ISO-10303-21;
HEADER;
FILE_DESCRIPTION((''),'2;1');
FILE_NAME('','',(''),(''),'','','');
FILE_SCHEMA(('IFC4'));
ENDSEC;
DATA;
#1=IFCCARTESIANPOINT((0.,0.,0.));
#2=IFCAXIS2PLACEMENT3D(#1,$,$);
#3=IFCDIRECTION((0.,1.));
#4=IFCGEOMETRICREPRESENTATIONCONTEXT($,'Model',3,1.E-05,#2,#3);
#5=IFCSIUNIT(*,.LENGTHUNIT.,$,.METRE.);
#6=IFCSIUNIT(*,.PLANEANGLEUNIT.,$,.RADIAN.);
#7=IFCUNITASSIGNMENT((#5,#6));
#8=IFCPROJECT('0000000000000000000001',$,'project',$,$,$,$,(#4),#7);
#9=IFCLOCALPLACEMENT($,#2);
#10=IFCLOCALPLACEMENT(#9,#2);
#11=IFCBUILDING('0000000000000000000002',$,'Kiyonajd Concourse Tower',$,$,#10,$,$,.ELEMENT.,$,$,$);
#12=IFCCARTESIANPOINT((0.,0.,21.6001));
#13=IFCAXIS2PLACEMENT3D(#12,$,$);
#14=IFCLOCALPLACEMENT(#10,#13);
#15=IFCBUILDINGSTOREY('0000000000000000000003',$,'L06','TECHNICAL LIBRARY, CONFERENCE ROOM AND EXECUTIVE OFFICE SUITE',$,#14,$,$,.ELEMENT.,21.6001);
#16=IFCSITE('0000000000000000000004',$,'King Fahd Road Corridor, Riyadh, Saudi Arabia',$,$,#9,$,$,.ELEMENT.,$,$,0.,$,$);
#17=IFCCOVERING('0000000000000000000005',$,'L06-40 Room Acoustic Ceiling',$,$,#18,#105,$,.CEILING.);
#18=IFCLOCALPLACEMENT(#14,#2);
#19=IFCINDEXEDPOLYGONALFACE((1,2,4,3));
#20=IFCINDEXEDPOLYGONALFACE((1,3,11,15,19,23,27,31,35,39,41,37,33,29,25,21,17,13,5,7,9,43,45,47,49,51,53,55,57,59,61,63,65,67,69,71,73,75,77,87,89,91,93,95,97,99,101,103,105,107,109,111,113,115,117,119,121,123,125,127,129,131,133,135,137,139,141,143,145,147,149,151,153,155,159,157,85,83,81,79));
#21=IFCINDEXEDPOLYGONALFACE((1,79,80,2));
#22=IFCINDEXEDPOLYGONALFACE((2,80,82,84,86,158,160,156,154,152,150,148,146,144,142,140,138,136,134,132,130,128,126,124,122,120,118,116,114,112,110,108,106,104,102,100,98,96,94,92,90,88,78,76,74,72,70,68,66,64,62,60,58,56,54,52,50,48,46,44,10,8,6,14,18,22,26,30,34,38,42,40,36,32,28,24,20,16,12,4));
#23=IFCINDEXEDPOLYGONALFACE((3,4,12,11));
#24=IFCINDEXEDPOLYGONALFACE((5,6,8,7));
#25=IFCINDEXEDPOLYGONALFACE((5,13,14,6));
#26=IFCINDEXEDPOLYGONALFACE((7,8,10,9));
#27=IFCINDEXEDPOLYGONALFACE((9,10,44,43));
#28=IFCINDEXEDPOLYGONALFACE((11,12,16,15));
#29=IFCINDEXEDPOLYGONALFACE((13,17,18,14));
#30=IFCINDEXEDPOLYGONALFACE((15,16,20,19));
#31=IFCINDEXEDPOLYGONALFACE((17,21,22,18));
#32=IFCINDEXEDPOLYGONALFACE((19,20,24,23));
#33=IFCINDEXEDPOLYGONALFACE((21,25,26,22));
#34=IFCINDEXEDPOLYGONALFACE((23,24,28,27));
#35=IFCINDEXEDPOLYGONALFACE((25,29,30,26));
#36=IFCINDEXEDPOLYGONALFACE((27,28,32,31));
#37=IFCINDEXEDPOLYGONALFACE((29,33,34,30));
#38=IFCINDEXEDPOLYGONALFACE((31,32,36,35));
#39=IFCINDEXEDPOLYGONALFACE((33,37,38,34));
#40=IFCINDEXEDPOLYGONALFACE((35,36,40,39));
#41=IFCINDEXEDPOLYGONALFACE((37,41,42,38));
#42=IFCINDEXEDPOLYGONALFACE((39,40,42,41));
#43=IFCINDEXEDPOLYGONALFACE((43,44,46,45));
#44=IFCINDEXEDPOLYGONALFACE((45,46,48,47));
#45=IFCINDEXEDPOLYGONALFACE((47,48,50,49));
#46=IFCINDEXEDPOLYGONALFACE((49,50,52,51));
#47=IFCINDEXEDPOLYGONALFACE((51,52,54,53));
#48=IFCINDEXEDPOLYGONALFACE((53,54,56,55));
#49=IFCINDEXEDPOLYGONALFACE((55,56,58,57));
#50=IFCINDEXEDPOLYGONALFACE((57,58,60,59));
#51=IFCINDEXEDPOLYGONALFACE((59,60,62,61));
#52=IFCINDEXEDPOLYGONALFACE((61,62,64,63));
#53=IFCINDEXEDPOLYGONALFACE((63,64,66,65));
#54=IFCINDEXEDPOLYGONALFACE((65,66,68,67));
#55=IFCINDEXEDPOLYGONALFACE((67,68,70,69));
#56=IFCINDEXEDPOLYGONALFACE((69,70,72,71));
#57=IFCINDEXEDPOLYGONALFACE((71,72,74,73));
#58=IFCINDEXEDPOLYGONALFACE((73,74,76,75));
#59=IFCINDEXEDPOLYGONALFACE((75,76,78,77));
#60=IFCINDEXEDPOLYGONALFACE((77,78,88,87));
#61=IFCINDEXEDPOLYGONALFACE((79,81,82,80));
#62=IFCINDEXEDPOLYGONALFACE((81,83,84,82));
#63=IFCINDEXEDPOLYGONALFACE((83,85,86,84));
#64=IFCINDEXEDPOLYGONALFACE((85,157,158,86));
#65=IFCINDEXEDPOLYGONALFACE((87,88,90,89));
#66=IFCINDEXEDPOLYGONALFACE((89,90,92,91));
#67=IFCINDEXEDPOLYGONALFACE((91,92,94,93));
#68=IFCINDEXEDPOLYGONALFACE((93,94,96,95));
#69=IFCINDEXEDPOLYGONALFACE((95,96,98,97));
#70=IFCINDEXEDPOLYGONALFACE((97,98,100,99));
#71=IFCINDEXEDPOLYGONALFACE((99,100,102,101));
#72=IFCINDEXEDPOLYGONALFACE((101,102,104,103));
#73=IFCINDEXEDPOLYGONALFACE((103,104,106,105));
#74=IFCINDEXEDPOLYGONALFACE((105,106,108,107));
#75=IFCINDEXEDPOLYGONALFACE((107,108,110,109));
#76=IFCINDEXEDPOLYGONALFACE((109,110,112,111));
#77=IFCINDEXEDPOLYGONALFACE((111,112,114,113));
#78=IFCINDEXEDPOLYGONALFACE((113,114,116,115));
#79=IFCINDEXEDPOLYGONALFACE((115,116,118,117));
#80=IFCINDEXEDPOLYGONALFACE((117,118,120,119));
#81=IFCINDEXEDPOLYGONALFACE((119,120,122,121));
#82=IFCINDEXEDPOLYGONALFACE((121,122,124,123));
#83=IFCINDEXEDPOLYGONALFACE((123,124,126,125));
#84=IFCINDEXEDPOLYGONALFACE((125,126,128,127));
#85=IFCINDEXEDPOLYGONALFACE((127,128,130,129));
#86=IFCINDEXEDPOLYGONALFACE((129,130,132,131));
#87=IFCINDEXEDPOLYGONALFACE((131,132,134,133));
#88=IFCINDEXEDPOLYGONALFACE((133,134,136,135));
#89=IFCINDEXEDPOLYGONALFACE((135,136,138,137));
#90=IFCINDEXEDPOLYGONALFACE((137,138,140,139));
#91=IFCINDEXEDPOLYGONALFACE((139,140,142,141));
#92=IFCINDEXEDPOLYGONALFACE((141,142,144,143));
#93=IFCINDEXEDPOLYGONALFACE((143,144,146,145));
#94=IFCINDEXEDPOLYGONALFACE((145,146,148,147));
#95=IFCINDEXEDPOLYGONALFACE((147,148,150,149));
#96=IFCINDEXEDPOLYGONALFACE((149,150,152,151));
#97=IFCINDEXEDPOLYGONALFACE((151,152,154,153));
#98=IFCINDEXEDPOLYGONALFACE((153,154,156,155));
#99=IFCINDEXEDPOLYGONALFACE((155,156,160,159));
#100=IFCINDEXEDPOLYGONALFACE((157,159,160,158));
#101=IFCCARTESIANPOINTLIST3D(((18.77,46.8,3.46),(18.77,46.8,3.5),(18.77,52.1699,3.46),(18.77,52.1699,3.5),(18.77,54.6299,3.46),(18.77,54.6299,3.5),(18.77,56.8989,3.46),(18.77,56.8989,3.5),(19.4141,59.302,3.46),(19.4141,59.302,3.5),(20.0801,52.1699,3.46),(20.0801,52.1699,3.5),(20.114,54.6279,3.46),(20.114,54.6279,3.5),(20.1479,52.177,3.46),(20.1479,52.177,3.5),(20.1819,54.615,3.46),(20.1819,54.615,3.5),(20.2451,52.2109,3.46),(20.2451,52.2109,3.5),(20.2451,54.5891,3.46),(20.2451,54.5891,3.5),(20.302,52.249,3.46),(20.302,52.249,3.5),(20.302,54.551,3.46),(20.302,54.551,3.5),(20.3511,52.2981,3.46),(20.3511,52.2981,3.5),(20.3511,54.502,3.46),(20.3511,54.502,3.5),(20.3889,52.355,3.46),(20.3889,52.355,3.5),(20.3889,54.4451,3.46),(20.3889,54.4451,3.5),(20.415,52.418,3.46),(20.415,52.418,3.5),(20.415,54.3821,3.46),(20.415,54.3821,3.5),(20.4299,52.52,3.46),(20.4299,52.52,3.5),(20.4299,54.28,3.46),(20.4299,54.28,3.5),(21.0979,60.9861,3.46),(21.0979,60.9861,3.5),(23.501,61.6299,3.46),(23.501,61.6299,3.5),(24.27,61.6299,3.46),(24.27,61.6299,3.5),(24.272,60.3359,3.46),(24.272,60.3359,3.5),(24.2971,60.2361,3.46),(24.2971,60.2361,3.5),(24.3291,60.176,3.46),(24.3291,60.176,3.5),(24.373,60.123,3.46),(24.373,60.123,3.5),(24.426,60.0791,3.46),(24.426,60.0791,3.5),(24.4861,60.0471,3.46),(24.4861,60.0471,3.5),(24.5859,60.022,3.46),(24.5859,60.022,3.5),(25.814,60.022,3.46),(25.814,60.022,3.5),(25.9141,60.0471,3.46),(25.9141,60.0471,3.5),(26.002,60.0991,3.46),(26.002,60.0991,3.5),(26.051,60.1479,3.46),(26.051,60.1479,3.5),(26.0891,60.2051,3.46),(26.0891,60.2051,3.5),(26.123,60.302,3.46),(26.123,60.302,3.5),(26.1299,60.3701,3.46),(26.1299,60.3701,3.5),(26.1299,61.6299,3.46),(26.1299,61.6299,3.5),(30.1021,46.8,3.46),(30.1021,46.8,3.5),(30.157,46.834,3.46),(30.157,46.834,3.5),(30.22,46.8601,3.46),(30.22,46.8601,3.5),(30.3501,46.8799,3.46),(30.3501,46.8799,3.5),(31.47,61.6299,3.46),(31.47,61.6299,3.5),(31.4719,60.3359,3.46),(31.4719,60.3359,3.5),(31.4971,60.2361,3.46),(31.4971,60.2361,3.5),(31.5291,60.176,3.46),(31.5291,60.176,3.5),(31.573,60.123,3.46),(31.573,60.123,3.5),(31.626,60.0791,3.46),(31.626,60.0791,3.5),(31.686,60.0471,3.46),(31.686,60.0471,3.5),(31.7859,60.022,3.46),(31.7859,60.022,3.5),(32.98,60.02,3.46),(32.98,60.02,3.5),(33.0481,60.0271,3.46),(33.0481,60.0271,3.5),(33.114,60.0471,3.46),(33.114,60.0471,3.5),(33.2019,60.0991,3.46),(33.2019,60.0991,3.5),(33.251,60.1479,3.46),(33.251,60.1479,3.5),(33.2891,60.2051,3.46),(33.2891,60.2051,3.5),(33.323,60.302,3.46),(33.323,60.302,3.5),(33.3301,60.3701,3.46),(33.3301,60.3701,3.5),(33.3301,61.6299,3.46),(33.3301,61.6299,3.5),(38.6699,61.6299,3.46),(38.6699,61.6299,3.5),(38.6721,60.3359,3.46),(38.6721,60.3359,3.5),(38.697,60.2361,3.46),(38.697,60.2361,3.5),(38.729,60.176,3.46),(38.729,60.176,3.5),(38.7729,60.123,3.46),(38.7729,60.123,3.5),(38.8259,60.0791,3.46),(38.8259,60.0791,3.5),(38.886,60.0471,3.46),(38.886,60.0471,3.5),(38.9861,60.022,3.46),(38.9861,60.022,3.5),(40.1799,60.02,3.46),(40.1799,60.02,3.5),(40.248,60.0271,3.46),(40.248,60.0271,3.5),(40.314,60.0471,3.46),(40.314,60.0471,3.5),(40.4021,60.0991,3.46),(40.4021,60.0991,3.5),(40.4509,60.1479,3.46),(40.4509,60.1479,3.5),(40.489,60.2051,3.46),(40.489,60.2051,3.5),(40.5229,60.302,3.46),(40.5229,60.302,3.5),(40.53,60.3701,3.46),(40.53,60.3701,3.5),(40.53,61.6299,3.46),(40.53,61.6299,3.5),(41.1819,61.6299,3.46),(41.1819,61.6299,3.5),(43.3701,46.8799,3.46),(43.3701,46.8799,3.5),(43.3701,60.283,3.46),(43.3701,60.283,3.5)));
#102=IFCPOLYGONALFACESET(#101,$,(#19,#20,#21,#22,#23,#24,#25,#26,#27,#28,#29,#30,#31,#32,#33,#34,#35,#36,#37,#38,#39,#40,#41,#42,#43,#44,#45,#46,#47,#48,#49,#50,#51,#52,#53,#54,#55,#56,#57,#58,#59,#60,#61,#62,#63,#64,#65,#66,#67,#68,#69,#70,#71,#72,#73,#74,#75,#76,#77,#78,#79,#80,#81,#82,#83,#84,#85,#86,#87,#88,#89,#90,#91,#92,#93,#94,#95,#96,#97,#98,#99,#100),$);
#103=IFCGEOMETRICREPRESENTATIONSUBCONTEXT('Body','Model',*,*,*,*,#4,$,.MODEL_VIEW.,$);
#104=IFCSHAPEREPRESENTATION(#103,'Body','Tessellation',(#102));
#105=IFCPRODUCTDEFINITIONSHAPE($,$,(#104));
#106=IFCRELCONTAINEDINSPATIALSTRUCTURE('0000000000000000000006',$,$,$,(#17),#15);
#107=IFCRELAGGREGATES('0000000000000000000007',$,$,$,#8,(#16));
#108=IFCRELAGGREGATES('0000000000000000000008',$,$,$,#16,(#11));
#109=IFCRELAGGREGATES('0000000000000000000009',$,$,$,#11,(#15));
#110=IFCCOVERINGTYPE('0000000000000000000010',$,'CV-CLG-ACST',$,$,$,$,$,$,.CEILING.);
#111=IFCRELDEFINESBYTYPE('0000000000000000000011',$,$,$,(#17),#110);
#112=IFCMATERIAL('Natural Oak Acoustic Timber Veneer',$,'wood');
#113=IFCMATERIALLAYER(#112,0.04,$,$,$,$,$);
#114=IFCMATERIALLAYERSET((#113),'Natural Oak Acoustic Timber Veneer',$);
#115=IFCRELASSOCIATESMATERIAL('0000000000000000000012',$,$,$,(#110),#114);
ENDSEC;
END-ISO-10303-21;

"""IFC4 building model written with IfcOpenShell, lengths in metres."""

from ifc_helpers import new_model, si_unit, direction, frame, origin, place, context, subcontext, project, spatial, polyline, outline, extrude, material, layer, layer_set, type_object, element, save


model = new_model("IFC4")

# Units and contexts
model_context = context("Model", 3, precision=1e-05, world=origin(), true_north=direction((0.0, 1.0)))
body_context = subcontext(model_context, "Body", "Model", "MODEL_VIEW")
ifc_project = project(units=[si_unit("LENGTHUNIT", "METRE"), si_unit("PLANEANGLEUNIT", "RADIAN")], contexts=[model_context])

# Site, building, storey
site_placement = place(None, origin())
site = spatial("IfcSite", under=ifc_project, at=site_placement, Name="King Fahd Road Corridor, Riyadh, Saudi Arabia", CompositionType="ELEMENT", RefElevation=0.0)
building_placement = place(site_placement, origin())
building = spatial("IfcBuilding", under=site, at=building_placement, Name="Kiyonajd Concourse Tower", CompositionType="ELEMENT")
storey_placement = place(building_placement, frame((0.0, 0.0, 21.6001)))
storey = spatial("IfcBuildingStorey", under=building, at=storey_placement, Name="L06", Description="TECHNICAL LIBRARY, CONFERENCE ROOM AND EXECUTIVE OFFICE SUITE", CompositionType="ELEMENT", Elevation=21.6001)

# Covering
ifc_material_1 = material(Name="Natural Oak Acoustic Timber Veneer", Category="wood")
ifc_layer_1 = layer(ifc_material_1, 0.04)
ifc_layer_set_1 = layer_set([ifc_layer_1], Name="Natural Oak Acoustic Timber Veneer")
covering_type_1 = type_object("IfcCoveringType", Name="CV-CLG-ACST", PredefinedType="CEILING", material=ifc_layer_set_1)
covering_1_placement = place(storey_placement, frame((0.0, 0.0, 3.46)))
element("IfcCovering", 1, at=covering_1_placement, inside=storey, type_object=covering_type_1, Name="L06-40 Room Acoustic Ceiling", PredefinedType="CEILING", context=body_context, shape_type="SweptSolid", body=[
    extrude(outline(polyline([(21.0979, 60.9861), (23.501, 61.6299), (24.27, 61.6299), (24.272, 60.3359), (24.2971, 60.2361), (24.3291, 60.176), (24.373, 60.123), (24.426, 60.0791), (24.4861, 60.0471), (24.5859, 60.022), (25.814, 60.022), (25.9141, 60.0471), (26.002, 60.0991), (26.051, 60.1479), (26.0891, 60.2051), (26.123, 60.302), (26.1299, 60.3701), (26.1299, 61.6299), (31.47, 61.6299), (31.4719, 60.3359), (31.4971, 60.2361), (31.5291, 60.176), (31.573, 60.123), (31.626, 60.0791), (31.686, 60.0471), (31.7859, 60.022), (32.98, 60.02), (33.0481, 60.0271), (33.114, 60.0471), (33.2019, 60.0991), (33.251, 60.1479), (33.2891, 60.2051), (33.323, 60.302), (33.3301, 60.3701), (33.3301, 61.6299), (38.6699, 61.6299), (38.6721, 60.3359), (38.697, 60.2361), (38.729, 60.176), (38.7729, 60.123), (38.8259, 60.0791), (38.886, 60.0471), (38.9861, 60.022), (40.1799, 60.02), (40.248, 60.0271), (40.314, 60.0471), (40.4021, 60.0991), (40.4509, 60.1479), (40.489, 60.2051), (40.5229, 60.302), (40.53, 60.3701), (40.53, 61.6299), (41.1819, 61.6299), (43.3701, 60.283), (43.3701, 46.8799), (30.3501, 46.8799), (30.22, 46.8601), (30.157, 46.834), (30.1021, 46.8), (18.77, 46.8), (18.77, 52.1699), (20.0801, 52.1699), (20.1479, 52.177), (20.2451, 52.2109), (20.302, 52.249), (20.3511, 52.2981), (20.3889, 52.355), (20.415, 52.418), (20.4299, 52.52), (20.4299, 54.28), (20.415, 54.3821), (20.3889, 54.4451), (20.3511, 54.502), (20.302, 54.551), (20.2451, 54.5891), (20.1819, 54.615), (20.114, 54.6279), (18.77, 54.6299), (18.77, 56.8989), (19.4141, 59.302), (21.0979, 60.9861)])), origin(), (0.0, 0.0, 1.0), 0.04),
])

save(model, "model.ifc")
